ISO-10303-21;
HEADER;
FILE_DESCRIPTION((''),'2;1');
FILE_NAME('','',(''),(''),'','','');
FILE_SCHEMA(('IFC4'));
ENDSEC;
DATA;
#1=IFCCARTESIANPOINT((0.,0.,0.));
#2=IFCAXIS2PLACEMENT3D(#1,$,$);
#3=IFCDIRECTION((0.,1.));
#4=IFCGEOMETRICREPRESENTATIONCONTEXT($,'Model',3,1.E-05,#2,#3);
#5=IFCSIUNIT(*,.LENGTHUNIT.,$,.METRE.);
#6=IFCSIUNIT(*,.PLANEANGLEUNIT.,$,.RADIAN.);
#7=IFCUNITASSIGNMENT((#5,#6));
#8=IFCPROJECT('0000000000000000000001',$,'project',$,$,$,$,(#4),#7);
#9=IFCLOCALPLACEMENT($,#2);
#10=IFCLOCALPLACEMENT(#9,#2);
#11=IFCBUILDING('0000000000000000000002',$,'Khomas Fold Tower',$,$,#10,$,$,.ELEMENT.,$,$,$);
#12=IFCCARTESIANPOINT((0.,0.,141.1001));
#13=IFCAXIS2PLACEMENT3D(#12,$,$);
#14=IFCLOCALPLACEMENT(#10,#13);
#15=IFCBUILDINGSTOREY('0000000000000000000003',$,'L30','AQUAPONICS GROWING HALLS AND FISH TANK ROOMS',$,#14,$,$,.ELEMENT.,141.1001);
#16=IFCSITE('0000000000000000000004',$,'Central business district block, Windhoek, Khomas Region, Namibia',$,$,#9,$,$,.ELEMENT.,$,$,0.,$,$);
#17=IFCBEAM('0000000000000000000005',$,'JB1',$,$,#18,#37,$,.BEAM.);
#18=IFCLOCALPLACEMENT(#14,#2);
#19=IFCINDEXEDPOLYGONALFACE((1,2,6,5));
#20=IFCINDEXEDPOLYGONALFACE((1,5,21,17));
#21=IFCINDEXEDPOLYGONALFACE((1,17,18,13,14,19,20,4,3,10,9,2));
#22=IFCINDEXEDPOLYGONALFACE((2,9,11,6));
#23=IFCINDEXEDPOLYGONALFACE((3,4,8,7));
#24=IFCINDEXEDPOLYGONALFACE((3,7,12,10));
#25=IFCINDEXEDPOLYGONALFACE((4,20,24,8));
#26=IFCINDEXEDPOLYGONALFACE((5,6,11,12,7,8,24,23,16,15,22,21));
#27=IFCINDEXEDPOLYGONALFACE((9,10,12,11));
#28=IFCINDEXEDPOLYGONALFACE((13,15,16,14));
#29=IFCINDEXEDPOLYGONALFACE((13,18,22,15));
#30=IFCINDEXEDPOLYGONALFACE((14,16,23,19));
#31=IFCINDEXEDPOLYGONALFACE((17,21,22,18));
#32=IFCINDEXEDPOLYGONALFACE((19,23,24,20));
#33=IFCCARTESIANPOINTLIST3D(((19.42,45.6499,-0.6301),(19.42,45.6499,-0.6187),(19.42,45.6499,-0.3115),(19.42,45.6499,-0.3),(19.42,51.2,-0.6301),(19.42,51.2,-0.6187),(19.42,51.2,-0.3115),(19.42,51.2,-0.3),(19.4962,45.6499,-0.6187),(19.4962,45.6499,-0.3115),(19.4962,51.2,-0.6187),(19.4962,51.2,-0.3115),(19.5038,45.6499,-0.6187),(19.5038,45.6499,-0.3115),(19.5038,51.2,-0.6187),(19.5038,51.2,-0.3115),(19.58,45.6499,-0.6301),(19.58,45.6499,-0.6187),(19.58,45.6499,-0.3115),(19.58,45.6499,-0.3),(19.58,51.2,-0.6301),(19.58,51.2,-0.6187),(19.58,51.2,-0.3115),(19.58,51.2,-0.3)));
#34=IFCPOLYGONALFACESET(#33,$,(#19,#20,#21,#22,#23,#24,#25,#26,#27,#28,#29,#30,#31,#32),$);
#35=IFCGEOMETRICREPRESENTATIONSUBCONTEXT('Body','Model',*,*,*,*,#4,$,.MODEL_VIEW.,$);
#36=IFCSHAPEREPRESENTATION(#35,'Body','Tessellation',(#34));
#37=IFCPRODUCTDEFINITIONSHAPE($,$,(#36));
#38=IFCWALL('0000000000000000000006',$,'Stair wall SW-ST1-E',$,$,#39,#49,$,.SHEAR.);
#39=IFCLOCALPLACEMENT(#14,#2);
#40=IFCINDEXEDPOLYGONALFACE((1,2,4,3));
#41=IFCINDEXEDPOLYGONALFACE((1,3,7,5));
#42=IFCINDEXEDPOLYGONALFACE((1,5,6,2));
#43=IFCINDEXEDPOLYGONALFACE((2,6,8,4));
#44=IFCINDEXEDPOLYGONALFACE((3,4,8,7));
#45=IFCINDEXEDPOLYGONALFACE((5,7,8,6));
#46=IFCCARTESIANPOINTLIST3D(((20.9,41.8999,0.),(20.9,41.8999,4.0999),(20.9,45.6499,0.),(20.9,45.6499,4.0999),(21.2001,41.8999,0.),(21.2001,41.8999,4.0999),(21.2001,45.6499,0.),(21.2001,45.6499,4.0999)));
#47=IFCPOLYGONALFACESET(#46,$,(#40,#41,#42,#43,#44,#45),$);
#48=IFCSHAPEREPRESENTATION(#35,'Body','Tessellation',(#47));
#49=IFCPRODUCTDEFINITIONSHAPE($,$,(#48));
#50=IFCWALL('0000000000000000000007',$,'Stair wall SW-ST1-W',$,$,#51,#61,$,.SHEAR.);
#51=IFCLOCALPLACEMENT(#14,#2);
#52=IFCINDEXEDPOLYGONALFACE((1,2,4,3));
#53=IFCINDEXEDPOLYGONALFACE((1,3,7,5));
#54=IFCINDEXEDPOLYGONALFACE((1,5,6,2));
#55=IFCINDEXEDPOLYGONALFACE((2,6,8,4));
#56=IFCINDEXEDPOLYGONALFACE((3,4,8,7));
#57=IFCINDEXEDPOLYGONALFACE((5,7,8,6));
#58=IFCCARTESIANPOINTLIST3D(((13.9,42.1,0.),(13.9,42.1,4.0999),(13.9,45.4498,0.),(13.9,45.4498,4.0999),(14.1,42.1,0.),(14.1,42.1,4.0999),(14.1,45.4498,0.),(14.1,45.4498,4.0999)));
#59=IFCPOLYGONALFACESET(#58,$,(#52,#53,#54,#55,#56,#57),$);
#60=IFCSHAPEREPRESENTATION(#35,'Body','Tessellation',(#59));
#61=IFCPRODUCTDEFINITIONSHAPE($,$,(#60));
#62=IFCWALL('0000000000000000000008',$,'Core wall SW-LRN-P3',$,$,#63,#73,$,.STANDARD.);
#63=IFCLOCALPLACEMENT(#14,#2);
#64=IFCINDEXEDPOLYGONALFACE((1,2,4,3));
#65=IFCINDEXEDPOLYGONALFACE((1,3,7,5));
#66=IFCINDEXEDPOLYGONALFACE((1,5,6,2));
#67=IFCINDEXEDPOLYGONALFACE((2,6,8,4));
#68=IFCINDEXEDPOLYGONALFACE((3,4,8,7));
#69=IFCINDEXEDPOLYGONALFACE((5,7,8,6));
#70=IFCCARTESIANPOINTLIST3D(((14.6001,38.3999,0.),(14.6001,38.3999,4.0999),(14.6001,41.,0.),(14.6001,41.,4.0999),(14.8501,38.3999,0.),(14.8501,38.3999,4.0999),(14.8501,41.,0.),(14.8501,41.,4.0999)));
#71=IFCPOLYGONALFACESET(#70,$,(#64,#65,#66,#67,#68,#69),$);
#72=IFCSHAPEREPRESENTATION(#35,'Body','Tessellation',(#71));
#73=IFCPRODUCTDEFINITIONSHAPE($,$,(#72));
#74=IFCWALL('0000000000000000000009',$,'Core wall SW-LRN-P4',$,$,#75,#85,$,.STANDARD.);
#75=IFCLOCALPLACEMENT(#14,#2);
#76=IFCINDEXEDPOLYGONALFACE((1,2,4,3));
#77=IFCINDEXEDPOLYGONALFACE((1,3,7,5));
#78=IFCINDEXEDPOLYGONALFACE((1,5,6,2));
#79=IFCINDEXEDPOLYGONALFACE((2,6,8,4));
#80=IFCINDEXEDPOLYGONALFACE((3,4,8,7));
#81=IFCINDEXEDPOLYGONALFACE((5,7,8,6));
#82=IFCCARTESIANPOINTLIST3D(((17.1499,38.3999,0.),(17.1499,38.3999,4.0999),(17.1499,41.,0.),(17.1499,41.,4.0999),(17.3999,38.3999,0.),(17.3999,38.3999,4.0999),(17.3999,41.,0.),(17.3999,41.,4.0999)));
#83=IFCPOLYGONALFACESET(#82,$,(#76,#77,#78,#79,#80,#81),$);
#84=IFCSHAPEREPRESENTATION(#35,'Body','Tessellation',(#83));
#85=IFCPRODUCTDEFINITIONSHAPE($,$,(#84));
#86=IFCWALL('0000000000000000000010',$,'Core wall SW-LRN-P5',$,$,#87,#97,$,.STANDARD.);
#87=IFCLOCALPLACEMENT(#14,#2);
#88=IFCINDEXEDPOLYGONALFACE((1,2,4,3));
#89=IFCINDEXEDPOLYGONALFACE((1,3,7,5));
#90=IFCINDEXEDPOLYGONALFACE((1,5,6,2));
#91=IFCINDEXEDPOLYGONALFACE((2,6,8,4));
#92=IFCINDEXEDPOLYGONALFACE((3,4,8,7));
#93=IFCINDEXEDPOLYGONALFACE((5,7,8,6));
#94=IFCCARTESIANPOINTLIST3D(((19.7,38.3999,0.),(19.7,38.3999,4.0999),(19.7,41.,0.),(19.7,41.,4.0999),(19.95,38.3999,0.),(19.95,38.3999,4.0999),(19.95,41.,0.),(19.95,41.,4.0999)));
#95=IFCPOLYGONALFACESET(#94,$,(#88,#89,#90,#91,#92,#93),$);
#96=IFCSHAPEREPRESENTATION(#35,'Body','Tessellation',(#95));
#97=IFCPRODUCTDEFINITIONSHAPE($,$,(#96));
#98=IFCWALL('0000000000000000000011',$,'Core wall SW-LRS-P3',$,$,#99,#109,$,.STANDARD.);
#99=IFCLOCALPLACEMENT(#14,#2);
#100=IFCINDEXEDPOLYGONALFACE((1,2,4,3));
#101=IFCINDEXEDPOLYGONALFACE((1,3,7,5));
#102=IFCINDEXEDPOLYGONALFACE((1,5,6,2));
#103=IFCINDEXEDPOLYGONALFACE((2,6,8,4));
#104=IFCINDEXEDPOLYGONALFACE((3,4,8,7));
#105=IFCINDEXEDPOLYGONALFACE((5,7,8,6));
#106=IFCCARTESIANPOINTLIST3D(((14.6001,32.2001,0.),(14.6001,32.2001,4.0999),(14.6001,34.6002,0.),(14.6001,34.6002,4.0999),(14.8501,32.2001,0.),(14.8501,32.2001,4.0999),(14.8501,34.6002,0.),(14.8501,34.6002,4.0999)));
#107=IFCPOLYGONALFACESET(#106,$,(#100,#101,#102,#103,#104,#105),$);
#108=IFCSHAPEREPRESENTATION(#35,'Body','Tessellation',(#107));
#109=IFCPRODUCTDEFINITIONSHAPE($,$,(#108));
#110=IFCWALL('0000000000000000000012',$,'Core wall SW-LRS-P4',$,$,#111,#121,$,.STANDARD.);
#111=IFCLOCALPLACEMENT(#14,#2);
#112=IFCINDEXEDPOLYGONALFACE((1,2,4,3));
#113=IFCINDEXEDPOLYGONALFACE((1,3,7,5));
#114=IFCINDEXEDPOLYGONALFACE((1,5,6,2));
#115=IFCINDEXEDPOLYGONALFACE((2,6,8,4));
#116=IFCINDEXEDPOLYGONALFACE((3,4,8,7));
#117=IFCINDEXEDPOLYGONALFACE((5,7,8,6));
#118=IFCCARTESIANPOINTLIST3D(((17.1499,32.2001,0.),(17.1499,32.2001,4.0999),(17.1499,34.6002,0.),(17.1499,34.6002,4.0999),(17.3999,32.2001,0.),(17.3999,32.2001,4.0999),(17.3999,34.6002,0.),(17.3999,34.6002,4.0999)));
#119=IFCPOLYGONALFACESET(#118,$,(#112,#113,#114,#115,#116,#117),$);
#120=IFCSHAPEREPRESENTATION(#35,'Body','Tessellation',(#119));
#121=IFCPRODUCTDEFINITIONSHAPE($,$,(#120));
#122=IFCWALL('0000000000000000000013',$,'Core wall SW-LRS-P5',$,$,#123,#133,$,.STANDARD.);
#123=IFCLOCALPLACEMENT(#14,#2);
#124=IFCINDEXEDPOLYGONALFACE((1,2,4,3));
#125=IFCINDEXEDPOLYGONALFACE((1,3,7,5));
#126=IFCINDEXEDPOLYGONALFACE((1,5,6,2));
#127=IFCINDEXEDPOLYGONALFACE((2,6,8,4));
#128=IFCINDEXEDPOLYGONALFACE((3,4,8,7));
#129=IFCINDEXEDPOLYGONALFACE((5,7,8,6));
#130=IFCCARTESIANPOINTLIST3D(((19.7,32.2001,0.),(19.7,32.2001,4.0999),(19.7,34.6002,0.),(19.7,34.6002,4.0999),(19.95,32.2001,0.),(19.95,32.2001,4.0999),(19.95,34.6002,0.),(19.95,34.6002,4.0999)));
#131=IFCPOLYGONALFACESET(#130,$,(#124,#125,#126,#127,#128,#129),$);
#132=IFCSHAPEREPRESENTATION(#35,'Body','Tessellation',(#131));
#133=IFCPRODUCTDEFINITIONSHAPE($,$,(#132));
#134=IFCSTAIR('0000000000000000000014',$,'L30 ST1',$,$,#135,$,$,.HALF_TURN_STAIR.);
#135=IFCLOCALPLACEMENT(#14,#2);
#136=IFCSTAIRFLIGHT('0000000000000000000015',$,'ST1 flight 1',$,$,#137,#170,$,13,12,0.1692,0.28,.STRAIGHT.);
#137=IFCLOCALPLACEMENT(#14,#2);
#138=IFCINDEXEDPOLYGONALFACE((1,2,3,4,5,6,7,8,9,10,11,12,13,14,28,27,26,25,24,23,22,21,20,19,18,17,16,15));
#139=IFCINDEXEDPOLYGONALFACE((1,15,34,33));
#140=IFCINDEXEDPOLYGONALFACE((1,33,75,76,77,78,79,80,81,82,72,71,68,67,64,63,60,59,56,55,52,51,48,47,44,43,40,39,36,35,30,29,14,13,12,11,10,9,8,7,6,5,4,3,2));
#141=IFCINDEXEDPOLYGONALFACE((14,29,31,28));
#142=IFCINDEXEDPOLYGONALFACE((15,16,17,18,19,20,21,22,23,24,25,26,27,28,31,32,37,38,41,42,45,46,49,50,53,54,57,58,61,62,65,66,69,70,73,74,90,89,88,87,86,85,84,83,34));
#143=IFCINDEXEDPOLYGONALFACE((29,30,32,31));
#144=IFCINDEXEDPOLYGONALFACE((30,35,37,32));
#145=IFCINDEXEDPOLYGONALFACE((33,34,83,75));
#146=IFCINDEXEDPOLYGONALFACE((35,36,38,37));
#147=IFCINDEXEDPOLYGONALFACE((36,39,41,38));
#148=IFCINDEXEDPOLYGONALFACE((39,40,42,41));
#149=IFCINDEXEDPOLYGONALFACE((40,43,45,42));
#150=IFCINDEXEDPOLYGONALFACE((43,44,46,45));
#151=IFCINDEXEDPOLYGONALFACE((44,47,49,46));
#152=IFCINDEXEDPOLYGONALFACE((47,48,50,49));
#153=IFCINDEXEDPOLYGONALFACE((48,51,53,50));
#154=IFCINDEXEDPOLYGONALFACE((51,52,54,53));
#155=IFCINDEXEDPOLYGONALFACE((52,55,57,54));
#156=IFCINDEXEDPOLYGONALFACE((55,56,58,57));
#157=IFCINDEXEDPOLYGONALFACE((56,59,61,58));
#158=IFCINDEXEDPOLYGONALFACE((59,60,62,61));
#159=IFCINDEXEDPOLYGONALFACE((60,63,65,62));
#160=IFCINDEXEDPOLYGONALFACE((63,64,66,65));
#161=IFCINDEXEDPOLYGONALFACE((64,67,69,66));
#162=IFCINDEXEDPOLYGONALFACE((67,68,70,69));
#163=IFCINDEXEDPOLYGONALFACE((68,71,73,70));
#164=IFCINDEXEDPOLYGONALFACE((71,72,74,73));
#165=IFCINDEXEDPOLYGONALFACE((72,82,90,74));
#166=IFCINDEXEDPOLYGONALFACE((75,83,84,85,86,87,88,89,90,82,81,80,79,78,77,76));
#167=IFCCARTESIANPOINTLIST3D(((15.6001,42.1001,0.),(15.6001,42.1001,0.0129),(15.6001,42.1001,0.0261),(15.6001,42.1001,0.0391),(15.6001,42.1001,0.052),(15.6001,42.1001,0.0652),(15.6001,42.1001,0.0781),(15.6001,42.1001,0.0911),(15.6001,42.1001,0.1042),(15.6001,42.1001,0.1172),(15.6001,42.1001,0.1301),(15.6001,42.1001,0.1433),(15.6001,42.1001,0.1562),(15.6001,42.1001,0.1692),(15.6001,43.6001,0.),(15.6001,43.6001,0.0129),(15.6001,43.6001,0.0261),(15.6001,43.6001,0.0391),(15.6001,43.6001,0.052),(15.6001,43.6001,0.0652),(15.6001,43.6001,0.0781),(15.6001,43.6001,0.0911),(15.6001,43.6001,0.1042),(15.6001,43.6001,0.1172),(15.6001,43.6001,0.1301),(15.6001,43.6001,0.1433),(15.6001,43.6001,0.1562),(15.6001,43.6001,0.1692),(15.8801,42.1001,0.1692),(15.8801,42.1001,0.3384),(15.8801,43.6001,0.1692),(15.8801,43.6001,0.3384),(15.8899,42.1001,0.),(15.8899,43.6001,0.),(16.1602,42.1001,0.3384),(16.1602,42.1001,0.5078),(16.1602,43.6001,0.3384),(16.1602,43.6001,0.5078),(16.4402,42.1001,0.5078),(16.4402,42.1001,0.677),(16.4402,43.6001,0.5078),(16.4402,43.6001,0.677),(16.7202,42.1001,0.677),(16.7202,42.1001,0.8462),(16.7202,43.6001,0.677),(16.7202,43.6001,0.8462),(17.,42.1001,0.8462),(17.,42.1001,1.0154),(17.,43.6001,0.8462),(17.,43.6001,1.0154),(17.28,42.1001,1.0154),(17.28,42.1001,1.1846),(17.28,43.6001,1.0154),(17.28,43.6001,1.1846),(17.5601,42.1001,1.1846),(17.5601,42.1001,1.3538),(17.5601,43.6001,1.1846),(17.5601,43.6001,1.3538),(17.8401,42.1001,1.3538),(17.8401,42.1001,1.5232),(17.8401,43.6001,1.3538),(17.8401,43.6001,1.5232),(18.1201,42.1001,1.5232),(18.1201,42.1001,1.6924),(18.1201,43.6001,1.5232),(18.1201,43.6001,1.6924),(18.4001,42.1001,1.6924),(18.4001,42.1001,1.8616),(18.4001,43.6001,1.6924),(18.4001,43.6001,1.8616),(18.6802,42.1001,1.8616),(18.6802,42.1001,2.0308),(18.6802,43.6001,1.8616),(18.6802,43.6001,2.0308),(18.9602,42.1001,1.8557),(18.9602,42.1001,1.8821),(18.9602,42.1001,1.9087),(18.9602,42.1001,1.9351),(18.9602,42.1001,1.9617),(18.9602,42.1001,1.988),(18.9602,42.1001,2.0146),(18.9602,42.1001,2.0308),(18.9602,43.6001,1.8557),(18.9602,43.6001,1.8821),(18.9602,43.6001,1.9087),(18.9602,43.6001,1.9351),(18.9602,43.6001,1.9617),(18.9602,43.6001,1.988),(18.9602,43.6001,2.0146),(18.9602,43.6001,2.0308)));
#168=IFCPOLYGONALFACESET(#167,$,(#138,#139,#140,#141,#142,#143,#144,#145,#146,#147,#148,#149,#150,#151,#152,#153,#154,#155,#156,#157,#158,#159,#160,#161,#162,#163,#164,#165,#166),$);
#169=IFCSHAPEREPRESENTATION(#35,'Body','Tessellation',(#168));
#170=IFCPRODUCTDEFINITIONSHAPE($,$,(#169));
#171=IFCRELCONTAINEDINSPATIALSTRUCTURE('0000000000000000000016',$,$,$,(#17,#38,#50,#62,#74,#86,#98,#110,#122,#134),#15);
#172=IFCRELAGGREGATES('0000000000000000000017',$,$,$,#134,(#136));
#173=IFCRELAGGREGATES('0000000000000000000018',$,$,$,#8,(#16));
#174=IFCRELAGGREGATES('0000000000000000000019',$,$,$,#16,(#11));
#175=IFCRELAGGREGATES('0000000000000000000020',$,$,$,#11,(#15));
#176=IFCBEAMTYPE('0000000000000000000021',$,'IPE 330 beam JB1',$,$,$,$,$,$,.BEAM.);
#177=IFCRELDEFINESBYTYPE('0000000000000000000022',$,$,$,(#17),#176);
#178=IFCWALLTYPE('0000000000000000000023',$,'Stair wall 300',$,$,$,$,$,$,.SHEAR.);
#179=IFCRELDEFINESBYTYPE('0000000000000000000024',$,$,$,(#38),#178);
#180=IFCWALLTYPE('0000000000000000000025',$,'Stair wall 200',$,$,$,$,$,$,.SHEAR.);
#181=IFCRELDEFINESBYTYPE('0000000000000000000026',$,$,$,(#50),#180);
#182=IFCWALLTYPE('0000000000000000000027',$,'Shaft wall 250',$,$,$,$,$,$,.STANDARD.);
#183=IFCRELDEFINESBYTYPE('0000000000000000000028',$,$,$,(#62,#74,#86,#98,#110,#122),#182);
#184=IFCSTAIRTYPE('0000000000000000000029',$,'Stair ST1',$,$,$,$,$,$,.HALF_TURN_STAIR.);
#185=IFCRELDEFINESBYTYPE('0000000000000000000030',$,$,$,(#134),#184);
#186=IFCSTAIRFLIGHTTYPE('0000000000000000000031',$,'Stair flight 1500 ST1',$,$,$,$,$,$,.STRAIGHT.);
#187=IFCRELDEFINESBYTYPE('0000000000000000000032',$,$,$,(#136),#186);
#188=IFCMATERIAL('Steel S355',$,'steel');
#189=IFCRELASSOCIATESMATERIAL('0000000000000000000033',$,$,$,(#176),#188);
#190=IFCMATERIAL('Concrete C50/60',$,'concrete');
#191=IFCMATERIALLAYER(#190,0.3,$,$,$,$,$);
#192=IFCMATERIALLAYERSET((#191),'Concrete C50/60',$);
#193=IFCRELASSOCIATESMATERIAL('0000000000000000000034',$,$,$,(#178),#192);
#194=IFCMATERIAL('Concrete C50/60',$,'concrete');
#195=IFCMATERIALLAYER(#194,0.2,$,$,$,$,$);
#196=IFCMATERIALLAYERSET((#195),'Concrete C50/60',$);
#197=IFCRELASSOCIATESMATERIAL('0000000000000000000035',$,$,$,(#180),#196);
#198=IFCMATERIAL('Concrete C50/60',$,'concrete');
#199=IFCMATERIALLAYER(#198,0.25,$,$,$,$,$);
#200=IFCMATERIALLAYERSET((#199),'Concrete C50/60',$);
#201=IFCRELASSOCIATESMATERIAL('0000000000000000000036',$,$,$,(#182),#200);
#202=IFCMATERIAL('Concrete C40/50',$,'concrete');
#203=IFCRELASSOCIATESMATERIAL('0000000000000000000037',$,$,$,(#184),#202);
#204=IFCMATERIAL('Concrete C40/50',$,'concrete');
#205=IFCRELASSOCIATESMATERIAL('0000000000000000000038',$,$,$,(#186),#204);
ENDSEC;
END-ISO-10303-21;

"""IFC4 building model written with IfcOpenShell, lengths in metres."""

from ifc_helpers import new_model, si_unit, direction, frame, frame_2d, origin, origin_2d, place, context, subcontext, project, spatial, polyline, rectangle, i_section, outline, extrude, source, transform, mapped, material, layer, layer_set, material_profile, profile_set, type_object, element, aggregate, save


model = new_model("IFC4")

# Units and contexts
model_context = context("Model", 3, precision=1e-05, world=origin(), true_north=direction((0.0, 1.0)))
body_context = subcontext(model_context, "Body", "Model", "MODEL_VIEW")
ifc_project = project(units=[si_unit("LENGTHUNIT", "METRE"), si_unit("PLANEANGLEUNIT", "RADIAN")], contexts=[model_context])

# Site, building, storey
site_placement = place(None, origin())
site = spatial("IfcSite", under=ifc_project, at=site_placement, Name="Central business district block, Windhoek, Khomas Region, Namibia", CompositionType="ELEMENT", RefElevation=0.0)
building_placement = place(site_placement, origin())
building = spatial("IfcBuilding", under=site, at=building_placement, Name="Khomas Fold Tower", CompositionType="ELEMENT")
storey_placement = place(building_placement, frame((0.0, 0.0, 141.1001)))
storey = spatial("IfcBuildingStorey", under=building, at=storey_placement, Name="L30", Description="AQUAPONICS GROWING HALLS AND FISH TANK ROOMS", CompositionType="ELEMENT", Elevation=141.1001)

# Beam
ifc_material_1 = material(Name="Steel S355", Category="steel")
ifc_material_profile = material_profile(ifc_material_1, i_section(OverallWidth=0.1599, OverallDepth=0.3301, WebThickness=0.0076, FlangeThickness=0.0115, at=origin_2d()), Name="IPE 330")
ifc_profile_set = profile_set([ifc_material_profile], Name="Steel S355")
beam_type = type_object("IfcBeamType", Name="IPE 330 beam JB1", PredefinedType="BEAM", material=ifc_profile_set)
shared_shape_1 = source(origin(), body_context, "Body", "SweptSolid", [
    extrude(i_section(OverallWidth=0.1599, OverallDepth=0.3301, WebThickness=0.0076, FlangeThickness=0.0115, at=origin_2d()), origin(), (0.0, 0.0, 1.0), 5.55),
])
beam_placement = place(storey_placement, frame((19.5, 45.6499, -0.4651), z_axis=(0.0, 1.0, 0.0), x_axis=(-1.0, 0.0, 0.0)))
element("IfcBeam", 1, at=beam_placement, inside=storey, type_object=beam_type, Name="JB1", PredefinedType="BEAM", context=body_context, shape_type="MappedRepresentation", body=[
    mapped(shared_shape_1, transform((0.0, 0.0, 0.0))),
])

# Walls
ifc_material_2 = material(Name="Concrete C50/60", Category="concrete")
ifc_layer_1 = layer(ifc_material_2, 0.3)
ifc_layer_set_1 = layer_set([ifc_layer_1], Name="Concrete C50/60")
wall_type_1 = type_object("IfcWallType", Name="Stair wall 300", PredefinedType="SHEAR", material=ifc_layer_set_1)
shared_shape_2 = source(origin(), body_context, "Body", "SweptSolid", [
    extrude(rectangle(XDim=3.75, YDim=0.3, at=frame_2d((1.875, 0.0))), origin(), (0.0, 0.0, 1.0), 4.0999),
])
wall_1_placement = place(storey_placement, frame((21.05, 41.8999, 0.0), z_axis=(0.0, 0.0, 1.0), x_axis=(0.0, 1.0, 0.0)))
element("IfcWall", 2, at=wall_1_placement, inside=storey, type_object=wall_type_1, Name="Stair wall SW-ST1-E", PredefinedType="SHEAR", context=body_context, shape_type="MappedRepresentation", body=[
    mapped(shared_shape_2, transform((0.0, 0.0, 0.0))),
])
ifc_material_3 = material(Name="Concrete C50/60", Category="concrete")
ifc_layer_2 = layer(ifc_material_3, 0.2)
ifc_layer_set_2 = layer_set([ifc_layer_2], Name="Concrete C50/60")
wall_type_2 = type_object("IfcWallType", Name="Stair wall 200", PredefinedType="SHEAR", material=ifc_layer_set_2)
shared_shape_3 = source(origin(), body_context, "Body", "SweptSolid", [
    extrude(rectangle(XDim=3.3499, YDim=0.2, at=frame_2d((1.6748, 0.0))), origin(), (0.0, 0.0, 1.0), 4.0999),
])
wall_2_placement = place(storey_placement, frame((14.0, 42.1001, 0.0), z_axis=(0.0, 0.0, 1.0), x_axis=(0.0, 1.0, 0.0)))
element("IfcWall", 3, at=wall_2_placement, inside=storey, type_object=wall_type_2, Name="Stair wall SW-ST1-W", PredefinedType="SHEAR", context=body_context, shape_type="MappedRepresentation", body=[
    mapped(shared_shape_3, transform((0.0, 0.0, 0.0))),
])
ifc_material_4 = material(Name="Concrete C50/60", Category="concrete")
ifc_layer_3 = layer(ifc_material_4, 0.25)
ifc_layer_set_3 = layer_set([ifc_layer_3], Name="Concrete C50/60")
wall_type_3 = type_object("IfcWallType", Name="Shaft wall 250", PredefinedType="STANDARD", material=ifc_layer_set_3)
shared_shape_4 = source(origin(), body_context, "Body", "SweptSolid", [
    extrude(rectangle(XDim=2.6001, YDim=0.25, at=frame_2d((1.3, 0.0))), origin(), (0.0, 0.0, 1.0), 4.0999),
])
for number, where, z_axis, x_axis, name in (
    (4, (14.7251, 38.3999, 0.0), (0.0, 0.0, 1.0), (0.0, 1.0, 0.0), "Core wall SW-LRN-P3"),
    (5, (17.2749, 38.3999, 0.0), (0.0, 0.0, 1.0), (0.0, 1.0, 0.0), "Core wall SW-LRN-P4"),
    (6, (19.825, 38.3999, 0.0), (0.0, 0.0, 1.0), (0.0, 1.0, 0.0), "Core wall SW-LRN-P5"),
):
    element("IfcWall", number, at=place(storey_placement, frame(where, z_axis=z_axis, x_axis=x_axis)), inside=storey, type_object=wall_type_3, Name=name, PredefinedType="STANDARD", context=body_context, shape_type="MappedRepresentation", body=[
        mapped(shared_shape_4, transform((0.0, 0.0, 0.0))),
    ])
shared_shape_5 = source(origin(), body_context, "Body", "SweptSolid", [
    extrude(rectangle(XDim=2.4001, YDim=0.25, at=frame_2d((1.2002, 0.0))), origin(), (0.0, 0.0, 1.0), 4.0999),
])
for number, where, z_axis, x_axis, name in (
    (7, (14.7251, 32.2, 0.0), (0.0, 0.0, 1.0), (0.0, 1.0, 0.0), "Core wall SW-LRS-P3"),
    (8, (17.2749, 32.2, 0.0), (0.0, 0.0, 1.0), (0.0, 1.0, 0.0), "Core wall SW-LRS-P4"),
    (9, (19.825, 32.2, 0.0), (0.0, 0.0, 1.0), (0.0, 1.0, 0.0), "Core wall SW-LRS-P5"),
):
    element("IfcWall", number, at=place(storey_placement, frame(where, z_axis=z_axis, x_axis=x_axis)), inside=storey, type_object=wall_type_3, Name=name, PredefinedType="STANDARD", context=body_context, shape_type="MappedRepresentation", body=[
        mapped(shared_shape_5, transform((0.0, 0.0, 0.0))),
    ])

# Stair, stair flight
ifc_material_5 = material(Name="Concrete C40/50", Category="concrete")
stair_type = type_object("IfcStairType", Name="Stair ST1", PredefinedType="HALF_TURN_STAIR", material=ifc_material_5)
stair_placement = place(storey_placement, origin())
stair = element("IfcStair", 10, at=stair_placement, inside=storey, type_object=stair_type, Name="L30 ST1", PredefinedType="HALF_TURN_STAIR")
ifc_material_6 = material(Name="Concrete C40/50", Category="concrete")
stair_flight_type = type_object("IfcStairFlightType", Name="Stair flight 1500 ST1", PredefinedType="STRAIGHT", material=ifc_material_6)
shared_shape_6 = source(origin(), body_context, "Body", "SweptSolid", [
    extrude(outline(polyline([(0.0, 0.0), (0.0, 0.0129), (0.0, 0.0261), (0.0, 0.0391), (0.0, 0.052), (0.0, 0.0652), (0.0, 0.0781), (0.0, 0.0911), (0.0, 0.1042), (0.0, 0.1172), (0.0, 0.1301), (0.0, 0.1433), (0.0, 0.1562), (0.0, 0.1692), (0.28, 0.1692), (0.28, 0.3384), (0.5601, 0.3384), (0.5601, 0.5078), (0.8401, 0.5078), (0.8401, 0.677), (1.1201, 0.677), (1.1201, 0.8462), (1.3999, 0.8462), (1.3999, 1.0154), (1.6799, 1.0154), (1.6799, 1.1846), (1.96, 1.1846), (1.96, 1.3538), (2.24, 1.3538), (2.24, 1.5232), (2.52, 1.5232), (2.52, 1.6924), (2.8, 1.6924), (2.8, 1.8616), (3.0801, 1.8616), (3.0801, 2.0308), (3.3601, 2.0308), (3.3601, 2.2), (3.3601, 2.1736), (3.3601, 2.147), (3.3601, 2.1206), (3.3601, 2.094), (3.3601, 2.0676), (3.3601, 2.041), (3.3601, 2.0146), (3.3601, 1.988), (3.3601, 1.9617), (3.3601, 1.9351), (3.3601, 1.9087), (3.3601, 1.8821), (3.3601, 1.8557), (0.2898, 0.0), (0.0, 0.0)])), frame((0.0, 0.75, 0.0), z_axis=(0.0, -1.0, 0.0), x_axis=(1.0, 0.0, 0.0)), (0.0, 0.0, 1.0), 1.5),
])
stair_flight_1_placement = place(storey_placement, frame((15.6001, 42.8501, 0.0), z_axis=(0.0, 0.0, 1.0), x_axis=(1.0, 0.0, 0.0)))
stair_flight_1 = element("IfcStairFlight", 11, at=stair_flight_1_placement, type_object=stair_flight_type, Name="ST1 flight 1", NumberOfRisers=13, NumberOfTreads=12, PredefinedType="STRAIGHT", RiserHeight=0.1692, TreadLength=0.28, context=body_context, shape_type="MappedRepresentation", body=[
    mapped(shared_shape_6, transform((0.0, 0.0, 0.0))),
])
aggregate(stair, [stair_flight_1])

save(model, "model.ifc")
